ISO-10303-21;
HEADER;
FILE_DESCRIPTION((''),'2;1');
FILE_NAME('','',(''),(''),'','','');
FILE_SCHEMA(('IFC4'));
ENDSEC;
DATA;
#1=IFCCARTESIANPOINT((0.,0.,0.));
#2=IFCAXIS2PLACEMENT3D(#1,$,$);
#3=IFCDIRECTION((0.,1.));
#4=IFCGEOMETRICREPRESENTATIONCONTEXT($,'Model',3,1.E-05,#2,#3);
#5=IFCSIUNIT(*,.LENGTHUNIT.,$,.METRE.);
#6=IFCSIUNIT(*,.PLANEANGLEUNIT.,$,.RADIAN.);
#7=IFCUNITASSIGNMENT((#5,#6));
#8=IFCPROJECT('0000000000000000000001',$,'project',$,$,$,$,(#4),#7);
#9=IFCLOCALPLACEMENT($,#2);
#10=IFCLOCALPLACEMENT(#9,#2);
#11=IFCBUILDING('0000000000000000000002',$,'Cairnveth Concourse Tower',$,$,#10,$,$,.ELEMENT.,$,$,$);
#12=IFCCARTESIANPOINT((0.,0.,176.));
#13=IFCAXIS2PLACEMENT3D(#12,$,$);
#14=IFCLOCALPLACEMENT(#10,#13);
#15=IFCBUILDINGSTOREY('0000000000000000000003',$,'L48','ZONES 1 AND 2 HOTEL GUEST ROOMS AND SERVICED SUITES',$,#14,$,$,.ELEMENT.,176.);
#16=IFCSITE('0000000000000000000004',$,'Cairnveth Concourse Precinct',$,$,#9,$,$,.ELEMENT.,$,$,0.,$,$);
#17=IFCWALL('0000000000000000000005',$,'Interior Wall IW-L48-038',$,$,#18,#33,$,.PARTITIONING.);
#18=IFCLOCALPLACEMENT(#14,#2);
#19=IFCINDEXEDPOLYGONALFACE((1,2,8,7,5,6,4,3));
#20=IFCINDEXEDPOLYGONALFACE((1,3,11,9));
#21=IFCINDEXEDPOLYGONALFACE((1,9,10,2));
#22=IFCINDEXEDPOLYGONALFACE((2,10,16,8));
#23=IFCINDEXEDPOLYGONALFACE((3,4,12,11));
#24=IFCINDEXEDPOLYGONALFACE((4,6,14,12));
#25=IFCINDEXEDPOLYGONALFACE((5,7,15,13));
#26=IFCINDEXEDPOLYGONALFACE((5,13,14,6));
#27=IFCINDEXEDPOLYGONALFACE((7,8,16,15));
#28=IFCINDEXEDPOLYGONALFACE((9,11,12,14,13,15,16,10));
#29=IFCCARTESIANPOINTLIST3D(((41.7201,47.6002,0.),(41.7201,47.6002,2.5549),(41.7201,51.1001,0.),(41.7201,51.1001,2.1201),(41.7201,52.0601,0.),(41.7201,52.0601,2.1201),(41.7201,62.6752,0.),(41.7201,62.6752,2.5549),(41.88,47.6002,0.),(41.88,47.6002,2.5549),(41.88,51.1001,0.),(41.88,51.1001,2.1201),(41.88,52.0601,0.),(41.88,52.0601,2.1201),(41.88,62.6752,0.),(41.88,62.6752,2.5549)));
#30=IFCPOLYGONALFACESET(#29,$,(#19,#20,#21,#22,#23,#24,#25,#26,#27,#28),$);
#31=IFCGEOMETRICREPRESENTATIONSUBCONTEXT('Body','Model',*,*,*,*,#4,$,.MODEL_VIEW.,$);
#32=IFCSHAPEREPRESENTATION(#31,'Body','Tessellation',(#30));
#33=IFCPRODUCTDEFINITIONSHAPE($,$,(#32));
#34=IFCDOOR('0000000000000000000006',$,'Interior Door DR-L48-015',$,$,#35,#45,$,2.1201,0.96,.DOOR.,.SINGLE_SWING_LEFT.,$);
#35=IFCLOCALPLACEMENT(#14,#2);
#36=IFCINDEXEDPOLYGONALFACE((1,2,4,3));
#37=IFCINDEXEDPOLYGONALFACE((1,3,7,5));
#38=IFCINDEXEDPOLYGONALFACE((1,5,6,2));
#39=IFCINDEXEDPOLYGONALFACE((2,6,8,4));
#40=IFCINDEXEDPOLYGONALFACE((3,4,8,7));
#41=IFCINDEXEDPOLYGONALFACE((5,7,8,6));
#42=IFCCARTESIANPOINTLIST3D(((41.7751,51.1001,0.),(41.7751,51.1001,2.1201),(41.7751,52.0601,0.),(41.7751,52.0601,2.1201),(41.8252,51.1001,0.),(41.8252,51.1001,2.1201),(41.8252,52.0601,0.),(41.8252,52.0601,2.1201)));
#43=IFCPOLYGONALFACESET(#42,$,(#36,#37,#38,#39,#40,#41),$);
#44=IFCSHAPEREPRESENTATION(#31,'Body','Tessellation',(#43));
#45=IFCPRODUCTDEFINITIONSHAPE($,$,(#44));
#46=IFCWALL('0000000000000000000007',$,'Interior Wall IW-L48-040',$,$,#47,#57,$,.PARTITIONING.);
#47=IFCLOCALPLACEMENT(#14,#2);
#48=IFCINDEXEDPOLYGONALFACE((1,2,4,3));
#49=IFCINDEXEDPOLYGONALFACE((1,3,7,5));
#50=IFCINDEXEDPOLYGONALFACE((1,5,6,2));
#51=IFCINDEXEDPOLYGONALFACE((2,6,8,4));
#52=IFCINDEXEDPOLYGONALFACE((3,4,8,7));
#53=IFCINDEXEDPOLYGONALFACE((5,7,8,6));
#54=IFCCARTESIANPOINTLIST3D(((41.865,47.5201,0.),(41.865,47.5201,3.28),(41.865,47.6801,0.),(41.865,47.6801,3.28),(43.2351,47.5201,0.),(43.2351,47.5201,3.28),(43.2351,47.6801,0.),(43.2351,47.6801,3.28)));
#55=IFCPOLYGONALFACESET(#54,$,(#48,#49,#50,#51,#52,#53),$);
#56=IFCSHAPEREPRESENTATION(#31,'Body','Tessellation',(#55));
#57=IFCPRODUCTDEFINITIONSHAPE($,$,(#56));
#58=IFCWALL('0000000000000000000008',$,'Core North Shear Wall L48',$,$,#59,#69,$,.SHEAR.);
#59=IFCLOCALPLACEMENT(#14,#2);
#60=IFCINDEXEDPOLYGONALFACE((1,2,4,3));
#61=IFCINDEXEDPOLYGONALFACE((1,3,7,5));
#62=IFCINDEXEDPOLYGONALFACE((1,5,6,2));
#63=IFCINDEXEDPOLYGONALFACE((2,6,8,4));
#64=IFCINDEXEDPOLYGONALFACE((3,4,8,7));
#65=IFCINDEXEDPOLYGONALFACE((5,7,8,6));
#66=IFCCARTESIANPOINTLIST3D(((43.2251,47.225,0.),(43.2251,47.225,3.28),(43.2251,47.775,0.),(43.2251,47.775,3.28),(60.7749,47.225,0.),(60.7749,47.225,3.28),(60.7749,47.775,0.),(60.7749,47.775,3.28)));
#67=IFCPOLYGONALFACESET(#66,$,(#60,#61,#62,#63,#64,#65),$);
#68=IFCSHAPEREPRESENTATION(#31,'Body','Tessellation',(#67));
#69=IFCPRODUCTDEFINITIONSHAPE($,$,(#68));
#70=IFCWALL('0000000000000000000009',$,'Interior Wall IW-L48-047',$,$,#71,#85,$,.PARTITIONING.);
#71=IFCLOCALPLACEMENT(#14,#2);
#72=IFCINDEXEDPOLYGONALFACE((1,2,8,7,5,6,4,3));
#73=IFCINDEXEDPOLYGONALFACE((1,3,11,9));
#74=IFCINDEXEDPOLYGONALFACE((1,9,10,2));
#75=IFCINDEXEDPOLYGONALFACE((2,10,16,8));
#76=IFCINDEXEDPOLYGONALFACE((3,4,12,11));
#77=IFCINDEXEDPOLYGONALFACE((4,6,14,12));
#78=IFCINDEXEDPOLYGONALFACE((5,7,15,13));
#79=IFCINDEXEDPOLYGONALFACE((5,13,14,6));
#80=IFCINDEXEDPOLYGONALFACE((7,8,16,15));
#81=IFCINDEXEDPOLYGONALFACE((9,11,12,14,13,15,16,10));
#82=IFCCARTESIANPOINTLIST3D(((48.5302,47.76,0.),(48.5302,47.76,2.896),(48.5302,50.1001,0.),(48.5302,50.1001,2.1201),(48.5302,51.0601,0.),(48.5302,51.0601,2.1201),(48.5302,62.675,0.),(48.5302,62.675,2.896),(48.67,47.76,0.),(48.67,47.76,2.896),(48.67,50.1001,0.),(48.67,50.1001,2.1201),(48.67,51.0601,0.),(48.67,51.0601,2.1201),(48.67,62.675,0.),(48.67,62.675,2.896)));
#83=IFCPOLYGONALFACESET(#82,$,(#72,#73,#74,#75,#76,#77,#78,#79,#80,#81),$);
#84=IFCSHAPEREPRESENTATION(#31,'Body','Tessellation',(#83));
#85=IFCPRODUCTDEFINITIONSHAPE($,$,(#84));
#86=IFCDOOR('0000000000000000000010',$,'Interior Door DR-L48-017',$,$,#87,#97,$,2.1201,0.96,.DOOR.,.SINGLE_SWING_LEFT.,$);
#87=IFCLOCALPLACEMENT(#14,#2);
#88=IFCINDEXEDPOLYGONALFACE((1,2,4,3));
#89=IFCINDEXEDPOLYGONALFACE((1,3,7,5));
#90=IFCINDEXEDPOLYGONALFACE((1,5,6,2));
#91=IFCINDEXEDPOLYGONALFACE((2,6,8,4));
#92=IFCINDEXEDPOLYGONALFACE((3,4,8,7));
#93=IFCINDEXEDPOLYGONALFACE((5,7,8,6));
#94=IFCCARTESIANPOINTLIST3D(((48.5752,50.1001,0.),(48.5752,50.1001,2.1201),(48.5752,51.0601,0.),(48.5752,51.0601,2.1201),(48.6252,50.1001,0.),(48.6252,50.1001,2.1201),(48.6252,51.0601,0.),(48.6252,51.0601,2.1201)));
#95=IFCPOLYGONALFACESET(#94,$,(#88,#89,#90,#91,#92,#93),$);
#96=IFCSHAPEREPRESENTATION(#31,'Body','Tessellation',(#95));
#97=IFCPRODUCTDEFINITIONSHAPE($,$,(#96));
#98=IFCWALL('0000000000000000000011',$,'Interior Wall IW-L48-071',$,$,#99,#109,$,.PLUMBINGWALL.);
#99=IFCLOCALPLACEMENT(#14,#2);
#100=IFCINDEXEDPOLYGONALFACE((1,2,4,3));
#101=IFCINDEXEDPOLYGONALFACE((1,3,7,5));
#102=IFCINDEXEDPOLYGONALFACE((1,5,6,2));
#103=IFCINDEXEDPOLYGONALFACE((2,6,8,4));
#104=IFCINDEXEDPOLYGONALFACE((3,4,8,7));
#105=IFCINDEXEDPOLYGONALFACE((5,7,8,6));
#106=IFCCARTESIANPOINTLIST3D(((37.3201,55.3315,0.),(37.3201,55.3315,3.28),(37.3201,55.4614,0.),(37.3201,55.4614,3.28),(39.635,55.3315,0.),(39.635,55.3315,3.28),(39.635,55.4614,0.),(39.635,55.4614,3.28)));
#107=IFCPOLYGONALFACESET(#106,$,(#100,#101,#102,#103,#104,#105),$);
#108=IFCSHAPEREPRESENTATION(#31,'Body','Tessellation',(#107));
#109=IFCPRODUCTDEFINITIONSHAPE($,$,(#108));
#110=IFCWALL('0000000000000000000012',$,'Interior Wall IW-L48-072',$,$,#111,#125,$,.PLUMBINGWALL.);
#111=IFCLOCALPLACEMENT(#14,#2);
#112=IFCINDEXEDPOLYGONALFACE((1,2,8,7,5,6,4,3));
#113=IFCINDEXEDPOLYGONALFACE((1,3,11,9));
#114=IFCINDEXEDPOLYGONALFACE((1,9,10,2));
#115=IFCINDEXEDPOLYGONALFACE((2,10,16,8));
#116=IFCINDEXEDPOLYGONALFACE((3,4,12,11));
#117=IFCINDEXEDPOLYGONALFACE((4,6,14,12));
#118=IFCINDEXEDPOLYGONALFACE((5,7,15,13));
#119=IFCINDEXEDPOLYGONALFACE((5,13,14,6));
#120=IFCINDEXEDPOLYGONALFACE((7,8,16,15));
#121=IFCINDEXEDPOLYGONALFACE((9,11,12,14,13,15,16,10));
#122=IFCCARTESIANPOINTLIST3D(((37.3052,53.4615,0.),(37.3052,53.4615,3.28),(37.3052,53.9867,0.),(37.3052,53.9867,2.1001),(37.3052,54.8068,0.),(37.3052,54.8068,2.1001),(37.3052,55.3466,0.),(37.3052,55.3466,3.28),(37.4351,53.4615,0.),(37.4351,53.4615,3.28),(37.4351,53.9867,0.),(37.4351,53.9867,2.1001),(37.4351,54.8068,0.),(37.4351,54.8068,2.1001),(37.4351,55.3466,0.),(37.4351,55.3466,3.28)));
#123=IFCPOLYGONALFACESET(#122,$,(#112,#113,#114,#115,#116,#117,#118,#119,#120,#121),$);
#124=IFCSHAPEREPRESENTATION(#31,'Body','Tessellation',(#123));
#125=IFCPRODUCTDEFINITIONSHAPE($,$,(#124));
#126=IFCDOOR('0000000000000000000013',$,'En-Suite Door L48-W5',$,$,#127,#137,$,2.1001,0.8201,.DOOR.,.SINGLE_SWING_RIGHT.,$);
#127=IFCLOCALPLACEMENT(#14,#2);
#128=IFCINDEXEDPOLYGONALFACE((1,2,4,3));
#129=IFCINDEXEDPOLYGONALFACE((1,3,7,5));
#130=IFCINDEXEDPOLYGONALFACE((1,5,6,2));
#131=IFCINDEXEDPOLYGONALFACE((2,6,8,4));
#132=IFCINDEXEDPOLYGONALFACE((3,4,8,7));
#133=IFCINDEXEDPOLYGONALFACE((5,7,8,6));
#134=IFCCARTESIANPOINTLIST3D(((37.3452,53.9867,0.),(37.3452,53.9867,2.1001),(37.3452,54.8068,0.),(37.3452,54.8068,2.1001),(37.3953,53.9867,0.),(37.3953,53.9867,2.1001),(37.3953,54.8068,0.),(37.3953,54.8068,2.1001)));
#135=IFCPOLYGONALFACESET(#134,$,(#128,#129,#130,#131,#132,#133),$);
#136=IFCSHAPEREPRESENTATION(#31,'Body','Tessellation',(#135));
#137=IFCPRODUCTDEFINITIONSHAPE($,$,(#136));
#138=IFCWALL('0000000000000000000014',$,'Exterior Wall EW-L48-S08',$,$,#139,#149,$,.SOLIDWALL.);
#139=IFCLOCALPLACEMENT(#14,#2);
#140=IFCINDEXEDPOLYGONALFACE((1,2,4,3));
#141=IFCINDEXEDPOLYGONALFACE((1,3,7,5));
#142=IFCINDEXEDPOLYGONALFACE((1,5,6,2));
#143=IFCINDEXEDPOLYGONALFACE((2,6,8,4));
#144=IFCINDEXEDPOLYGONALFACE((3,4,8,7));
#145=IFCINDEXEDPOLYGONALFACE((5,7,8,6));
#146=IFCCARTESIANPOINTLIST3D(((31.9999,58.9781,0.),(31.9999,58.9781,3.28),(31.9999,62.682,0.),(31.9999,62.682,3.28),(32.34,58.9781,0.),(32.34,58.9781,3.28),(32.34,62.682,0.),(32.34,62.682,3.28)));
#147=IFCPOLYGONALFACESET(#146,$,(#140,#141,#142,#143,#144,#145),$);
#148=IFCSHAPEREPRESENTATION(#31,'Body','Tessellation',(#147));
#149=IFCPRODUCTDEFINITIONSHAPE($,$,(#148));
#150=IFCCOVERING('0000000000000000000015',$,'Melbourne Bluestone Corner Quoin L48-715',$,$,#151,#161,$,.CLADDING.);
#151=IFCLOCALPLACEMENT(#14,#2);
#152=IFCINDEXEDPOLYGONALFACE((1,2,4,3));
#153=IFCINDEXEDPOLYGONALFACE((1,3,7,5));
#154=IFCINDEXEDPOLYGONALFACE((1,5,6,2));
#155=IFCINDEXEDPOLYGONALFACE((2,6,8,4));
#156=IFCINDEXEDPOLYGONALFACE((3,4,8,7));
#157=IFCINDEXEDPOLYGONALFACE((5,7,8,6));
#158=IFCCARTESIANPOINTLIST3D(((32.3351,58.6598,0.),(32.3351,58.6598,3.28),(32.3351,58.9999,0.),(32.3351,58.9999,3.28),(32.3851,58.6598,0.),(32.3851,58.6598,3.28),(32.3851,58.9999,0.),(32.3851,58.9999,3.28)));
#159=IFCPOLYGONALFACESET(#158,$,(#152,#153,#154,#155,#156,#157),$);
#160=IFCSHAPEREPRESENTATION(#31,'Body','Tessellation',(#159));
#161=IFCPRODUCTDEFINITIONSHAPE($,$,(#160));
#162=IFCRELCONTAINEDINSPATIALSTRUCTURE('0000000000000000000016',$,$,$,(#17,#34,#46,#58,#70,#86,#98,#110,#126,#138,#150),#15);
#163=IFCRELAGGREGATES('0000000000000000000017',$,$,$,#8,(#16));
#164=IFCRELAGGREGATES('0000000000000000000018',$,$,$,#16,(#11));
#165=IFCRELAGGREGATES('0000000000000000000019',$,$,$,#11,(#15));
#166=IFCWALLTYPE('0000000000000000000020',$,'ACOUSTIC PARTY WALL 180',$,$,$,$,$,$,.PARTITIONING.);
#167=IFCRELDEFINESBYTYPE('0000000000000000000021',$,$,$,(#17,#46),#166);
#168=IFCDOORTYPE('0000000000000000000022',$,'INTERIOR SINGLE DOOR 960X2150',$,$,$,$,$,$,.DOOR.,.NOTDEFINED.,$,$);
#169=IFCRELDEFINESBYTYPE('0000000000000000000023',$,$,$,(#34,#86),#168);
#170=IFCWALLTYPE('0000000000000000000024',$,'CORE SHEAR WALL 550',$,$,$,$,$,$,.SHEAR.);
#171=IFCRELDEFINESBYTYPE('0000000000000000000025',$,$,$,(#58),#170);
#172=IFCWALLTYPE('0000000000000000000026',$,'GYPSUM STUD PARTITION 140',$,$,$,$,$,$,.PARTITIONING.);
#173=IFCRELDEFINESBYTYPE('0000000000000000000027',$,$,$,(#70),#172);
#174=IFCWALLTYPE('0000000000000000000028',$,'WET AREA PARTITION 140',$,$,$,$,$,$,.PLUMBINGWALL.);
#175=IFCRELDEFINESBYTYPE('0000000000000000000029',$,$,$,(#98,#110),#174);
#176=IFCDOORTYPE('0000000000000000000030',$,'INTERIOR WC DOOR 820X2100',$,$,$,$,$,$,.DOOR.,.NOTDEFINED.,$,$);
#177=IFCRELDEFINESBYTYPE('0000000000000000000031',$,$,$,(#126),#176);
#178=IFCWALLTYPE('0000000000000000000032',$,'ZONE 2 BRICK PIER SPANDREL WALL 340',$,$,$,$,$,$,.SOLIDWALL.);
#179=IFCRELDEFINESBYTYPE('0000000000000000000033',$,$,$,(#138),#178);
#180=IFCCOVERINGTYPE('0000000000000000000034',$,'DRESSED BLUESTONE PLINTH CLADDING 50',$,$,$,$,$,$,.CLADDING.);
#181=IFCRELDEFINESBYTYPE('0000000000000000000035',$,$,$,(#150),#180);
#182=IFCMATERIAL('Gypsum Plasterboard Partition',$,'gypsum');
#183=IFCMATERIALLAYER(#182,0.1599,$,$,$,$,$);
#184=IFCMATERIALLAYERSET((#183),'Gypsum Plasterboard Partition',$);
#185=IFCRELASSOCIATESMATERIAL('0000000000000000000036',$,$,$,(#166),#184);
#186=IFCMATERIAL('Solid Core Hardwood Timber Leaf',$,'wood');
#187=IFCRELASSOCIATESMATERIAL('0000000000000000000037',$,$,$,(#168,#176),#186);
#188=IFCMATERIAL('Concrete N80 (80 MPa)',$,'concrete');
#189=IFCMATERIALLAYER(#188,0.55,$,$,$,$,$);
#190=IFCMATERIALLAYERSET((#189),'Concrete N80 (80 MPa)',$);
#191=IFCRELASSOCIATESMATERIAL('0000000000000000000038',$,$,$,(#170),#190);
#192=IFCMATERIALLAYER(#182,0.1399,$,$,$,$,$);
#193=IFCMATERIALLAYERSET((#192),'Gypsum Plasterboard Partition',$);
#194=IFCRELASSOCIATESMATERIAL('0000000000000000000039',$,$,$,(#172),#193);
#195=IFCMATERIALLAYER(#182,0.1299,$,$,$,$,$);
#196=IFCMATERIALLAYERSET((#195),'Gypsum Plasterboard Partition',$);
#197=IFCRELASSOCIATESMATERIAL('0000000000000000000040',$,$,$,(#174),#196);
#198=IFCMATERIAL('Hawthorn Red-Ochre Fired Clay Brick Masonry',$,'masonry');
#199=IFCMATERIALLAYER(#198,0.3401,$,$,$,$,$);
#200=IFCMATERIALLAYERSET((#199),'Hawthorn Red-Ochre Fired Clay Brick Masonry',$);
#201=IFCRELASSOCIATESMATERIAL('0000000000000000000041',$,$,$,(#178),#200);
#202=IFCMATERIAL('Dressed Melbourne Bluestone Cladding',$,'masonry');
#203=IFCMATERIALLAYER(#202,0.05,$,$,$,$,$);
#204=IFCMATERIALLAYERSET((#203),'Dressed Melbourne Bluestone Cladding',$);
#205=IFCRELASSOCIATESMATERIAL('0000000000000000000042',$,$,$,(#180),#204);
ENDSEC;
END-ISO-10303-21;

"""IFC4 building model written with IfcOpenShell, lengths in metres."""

from ifc_helpers import new_model, si_unit, direction, frame, frame_2d, origin, place, context, subcontext, project, spatial, rectangle, extrude, material, layer, layer_set, type_object, element, fill, save


model = new_model("IFC4")

# Units and contexts
model_context = context("Model", 3, precision=1e-05, world=origin(), true_north=direction((0.0, 1.0)))
body_context = subcontext(model_context, "Body", "Model", "MODEL_VIEW")
ifc_project = project(units=[si_unit("LENGTHUNIT", "METRE"), si_unit("PLANEANGLEUNIT", "RADIAN")], contexts=[model_context])

# Site, building, storey
site_placement = place(None, origin())
site = spatial("IfcSite", under=ifc_project, at=site_placement, Name="Cairnveth Concourse Precinct", CompositionType="ELEMENT", RefElevation=0.0)
building_placement = place(site_placement, origin())
building = spatial("IfcBuilding", under=site, at=building_placement, Name="Cairnveth Concourse Tower", CompositionType="ELEMENT")
storey_placement = place(building_placement, frame((0.0, 0.0, 176.0)))
storey = spatial("IfcBuildingStorey", under=building, at=storey_placement, Name="L48", Description="ZONES 1 AND 2 HOTEL GUEST ROOMS AND SERVICED SUITES", CompositionType="ELEMENT", Elevation=176.0)

# Wall, opening, door
ifc_material_1 = material(Name="Gypsum Plasterboard Partition", Category="gypsum")
ifc_layer_1 = layer(ifc_material_1, 0.1599)
ifc_layer_set_1 = layer_set([ifc_layer_1], Name="Gypsum Plasterboard Partition")
wall_type_1 = type_object("IfcWallType", Name="ACOUSTIC PARTY WALL 180", PredefinedType="PARTITIONING", material=ifc_layer_set_1)
wall_1_placement = place(storey_placement, frame((41.8, 47.6001, 0.0), z_axis=(0.0, 0.0, 1.0), x_axis=(0.0, 1.0, 0.0)))
wall_1 = element("IfcWall", 1, at=wall_1_placement, inside=storey, type_object=wall_type_1, Name="Interior Wall IW-L48-038", PredefinedType="PARTITIONING", context=body_context, shape_type="SweptSolid", body=[
    extrude(rectangle(XDim=15.075, YDim=0.1599, at=frame_2d((7.5376, 0.0))), origin(), (0.0, 0.0, 1.0), 2.5549),
])
opening_1_placement = place(wall_1_placement, frame((3.5, 0.0, 0.0)))
opening_1 = element("IfcOpeningElement", 2, at=opening_1_placement, cuts=wall_1, PredefinedType="OPENING", context=body_context, shape_type="SweptSolid", body=[
    extrude(rectangle(XDim=0.96, YDim=2.1201, at=frame_2d((0.48, 1.0601))), frame((0.0, 0.0898, 0.0), z_axis=(0.0, -1.0, 0.0), x_axis=(1.0, 0.0, 0.0)), (0.0, 0.0, 1.0), 0.1799),
])
ifc_material_2 = material(Name="Solid Core Hardwood Timber Leaf", Category="wood")
door_type_1 = type_object("IfcDoorType", Name="INTERIOR SINGLE DOOR 960X2150", OperationType="NOTDEFINED", PredefinedType="DOOR", material=ifc_material_2)
door_1_placement = place(opening_1_placement, origin())
door_1 = element("IfcDoor", 3, at=door_1_placement, inside=storey, type_object=door_type_1, Name="Interior Door DR-L48-015", OperationType="SINGLE_SWING_LEFT", OverallHeight=2.1201, OverallWidth=0.96, PredefinedType="DOOR", context=body_context, shape_type="SweptSolid", body=[
    extrude(rectangle(XDim=0.96, YDim=2.1201, at=frame_2d((0.48, 1.0601))), frame((0.0, 0.0249, 0.0), z_axis=(0.0, -1.0, 0.0), x_axis=(1.0, 0.0, 0.0)), (0.0, 0.0, 1.0), 0.05),
])
fill(opening_1, door_1)

# Walls
wall_2_placement = place(storey_placement, frame((41.865, 47.6001, 0.0), z_axis=(0.0, 0.0, 1.0), x_axis=(1.0, 0.0, 0.0)))
element("IfcWall", 4, at=wall_2_placement, inside=storey, type_object=wall_type_1, Name="Interior Wall IW-L48-040", PredefinedType="PARTITIONING", context=body_context, shape_type="SweptSolid", body=[
    extrude(rectangle(XDim=1.3701, YDim=0.1599, at=frame_2d((0.6851, 0.0))), origin(), (0.0, 0.0, 1.0), 3.28),
])
ifc_material_3 = material(Name="Concrete N80 (80 MPa)", Category="concrete")
ifc_layer_2 = layer(ifc_material_3, 0.55)
ifc_layer_set_2 = layer_set([ifc_layer_2], Name="Concrete N80 (80 MPa)")
wall_type_2 = type_object("IfcWallType", Name="CORE SHEAR WALL 550", PredefinedType="SHEAR", material=ifc_layer_set_2)
wall_3_placement = place(storey_placement, frame((43.2251, 47.5, 0.0), z_axis=(0.0, 0.0, 1.0), x_axis=(1.0, 0.0, 0.0)))
element("IfcWall", 5, at=wall_3_placement, inside=storey, type_object=wall_type_2, Name="Core North Shear Wall L48", PredefinedType="SHEAR", context=body_context, shape_type="SweptSolid", body=[
    extrude(rectangle(XDim=17.5498, YDim=0.55, at=frame_2d((8.7749, 0.0))), origin(), (0.0, 0.0, 1.0), 3.28),
])

# Wall, opening, door
ifc_layer_3 = layer(ifc_material_1, 0.1399)
ifc_layer_set_3 = layer_set([ifc_layer_3], Name="Gypsum Plasterboard Partition")
wall_type_3 = type_object("IfcWallType", Name="GYPSUM STUD PARTITION 140", PredefinedType="PARTITIONING", material=ifc_layer_set_3)
wall_4_placement = place(storey_placement, frame((48.6001, 47.76, 0.0), z_axis=(0.0, 0.0, 1.0), x_axis=(0.0, 1.0, 0.0)))
wall_4 = element("IfcWall", 6, at=wall_4_placement, inside=storey, type_object=wall_type_3, Name="Interior Wall IW-L48-047", PredefinedType="PARTITIONING", context=body_context, shape_type="SweptSolid", body=[
    extrude(rectangle(XDim=14.915, YDim=0.1399, at=frame_2d((7.4575, 0.0))), origin(), (0.0, 0.0, 1.0), 2.896),
])
opening_2_placement = place(wall_4_placement, frame((2.3401, 0.0, 0.0)))
opening_2 = element("IfcOpeningElement", 7, at=opening_2_placement, cuts=wall_4, PredefinedType="OPENING", context=body_context, shape_type="SweptSolid", body=[
    extrude(rectangle(XDim=0.96, YDim=2.1201, at=frame_2d((0.48, 1.0601))), frame((0.0, 0.0798, 0.0), z_axis=(0.0, -1.0, 0.0), x_axis=(1.0, 0.0, 0.0)), (0.0, 0.0, 1.0), 0.1599),
])
door_2_placement = place(opening_2_placement, origin())
door_2 = element("IfcDoor", 8, at=door_2_placement, inside=storey, type_object=door_type_1, Name="Interior Door DR-L48-017", OperationType="SINGLE_SWING_LEFT", OverallHeight=2.1201, OverallWidth=0.96, PredefinedType="DOOR", context=body_context, shape_type="SweptSolid", body=[
    extrude(rectangle(XDim=0.96, YDim=2.1201, at=frame_2d((0.48, 1.0601))), frame((0.0, 0.0249, 0.0), z_axis=(0.0, -1.0, 0.0), x_axis=(1.0, 0.0, 0.0)), (0.0, 0.0, 1.0), 0.05),
])
fill(opening_2, door_2)

# Wall
ifc_layer_4 = layer(ifc_material_1, 0.1299)
ifc_layer_set_4 = layer_set([ifc_layer_4], Name="Gypsum Plasterboard Partition")
wall_type_4 = type_object("IfcWallType", Name="WET AREA PARTITION 140", PredefinedType="PLUMBINGWALL", material=ifc_layer_set_4)
wall_5_placement = place(storey_placement, frame((37.3201, 55.3965, 0.0), z_axis=(0.0, 0.0, 1.0), x_axis=(1.0, 0.0, 0.0)))
element("IfcWall", 9, at=wall_5_placement, inside=storey, type_object=wall_type_4, Name="Interior Wall IW-L48-071", PredefinedType="PLUMBINGWALL", context=body_context, shape_type="SweptSolid", body=[
    extrude(rectangle(XDim=2.3149, YDim=0.1299, at=frame_2d((1.1575, 0.0))), origin(), (0.0, 0.0, 1.0), 3.28),
])

# Wall, opening, door
wall_6_placement = place(storey_placement, frame((37.3701, 53.4617, 0.0), z_axis=(0.0, 0.0, 1.0), x_axis=(0.0, 1.0, 0.0)))
wall_6 = element("IfcWall", 10, at=wall_6_placement, inside=storey, type_object=wall_type_4, Name="Interior Wall IW-L48-072", PredefinedType="PLUMBINGWALL", context=body_context, shape_type="SweptSolid", body=[
    extrude(rectangle(XDim=1.885, YDim=0.1299, at=frame_2d((0.9424, 0.0))), origin(), (0.0, 0.0, 1.0), 3.28),
])
opening_3_placement = place(wall_6_placement, frame((0.5249, 0.0, 0.0)))
opening_3 = element("IfcOpeningElement", 11, at=opening_3_placement, cuts=wall_6, PredefinedType="OPENING", context=body_context, shape_type="SweptSolid", body=[
    extrude(rectangle(XDim=0.8201, YDim=2.1001, at=frame_2d((0.4102, 1.05))), frame((0.0, 0.075, 0.0), z_axis=(0.0, -1.0, 0.0), x_axis=(1.0, 0.0, 0.0)), (0.0, 0.0, 1.0), 0.1499),
])
door_type_2 = type_object("IfcDoorType", Name="INTERIOR WC DOOR 820X2100", OperationType="NOTDEFINED", PredefinedType="DOOR", material=ifc_material_2)
door_3_placement = place(opening_3_placement, origin())
door_3 = element("IfcDoor", 12, at=door_3_placement, inside=storey, type_object=door_type_2, Name="En-Suite Door L48-W5", OperationType="SINGLE_SWING_RIGHT", OverallHeight=2.1001, OverallWidth=0.8201, PredefinedType="DOOR", context=body_context, shape_type="SweptSolid", body=[
    extrude(rectangle(XDim=0.8201, YDim=2.1001, at=frame_2d((0.4102, 1.05))), frame((0.0, 0.0249, 0.0), z_axis=(0.0, -1.0, 0.0), x_axis=(1.0, 0.0, 0.0)), (0.0, 0.0, 1.0), 0.05),
])
fill(opening_3, door_3)

# Wall
ifc_material_4 = material(Name="Hawthorn Red-Ochre Fired Clay Brick Masonry", Category="masonry")
ifc_layer_5 = layer(ifc_material_4, 0.3401)
ifc_layer_set_5 = layer_set([ifc_layer_5], Name="Hawthorn Red-Ochre Fired Clay Brick Masonry")
wall_type_5 = type_object("IfcWallType", Name="ZONE 2 BRICK PIER SPANDREL WALL 340", PredefinedType="SOLIDWALL", material=ifc_layer_set_5)
wall_7_placement = place(storey_placement, frame((32.1699, 58.978, 0.0), z_axis=(0.0, 0.0, 1.0), x_axis=(0.0, 1.0, 0.0)))
element("IfcWall", 13, at=wall_7_placement, inside=storey, type_object=wall_type_5, Name="Exterior Wall EW-L48-S08", PredefinedType="SOLIDWALL", context=body_context, shape_type="SweptSolid", body=[
    extrude(rectangle(XDim=3.7039, YDim=0.3401, at=frame_2d((1.8521, 0.0))), origin(), (0.0, 0.0, 1.0), 3.28),
])

# Covering
ifc_material_5 = material(Name="Dressed Melbourne Bluestone Cladding", Category="masonry")
ifc_layer_6 = layer(ifc_material_5, 0.05)
ifc_layer_set_6 = layer_set([ifc_layer_6], Name="Dressed Melbourne Bluestone Cladding")
covering_type = type_object("IfcCoveringType", Name="DRESSED BLUESTONE PLINTH CLADDING 50", PredefinedType="CLADDING", material=ifc_layer_set_6)
covering_placement = place(storey_placement, frame((32.3601, 58.6599, 0.0), z_axis=(0.0, 0.0, 1.0), x_axis=(0.0, 1.0, 0.0)))
element("IfcCovering", 14, at=covering_placement, inside=storey, type_object=covering_type, Name="Melbourne Bluestone Corner Quoin L48-715", PredefinedType="CLADDING", context=body_context, shape_type="SweptSolid", body=[
    extrude(rectangle(XDim=0.3401, YDim=0.05, at=frame_2d((0.1699, 0.0))), origin(), (0.0, 0.0, 1.0), 3.28),
])

save(model, "model.ifc")
